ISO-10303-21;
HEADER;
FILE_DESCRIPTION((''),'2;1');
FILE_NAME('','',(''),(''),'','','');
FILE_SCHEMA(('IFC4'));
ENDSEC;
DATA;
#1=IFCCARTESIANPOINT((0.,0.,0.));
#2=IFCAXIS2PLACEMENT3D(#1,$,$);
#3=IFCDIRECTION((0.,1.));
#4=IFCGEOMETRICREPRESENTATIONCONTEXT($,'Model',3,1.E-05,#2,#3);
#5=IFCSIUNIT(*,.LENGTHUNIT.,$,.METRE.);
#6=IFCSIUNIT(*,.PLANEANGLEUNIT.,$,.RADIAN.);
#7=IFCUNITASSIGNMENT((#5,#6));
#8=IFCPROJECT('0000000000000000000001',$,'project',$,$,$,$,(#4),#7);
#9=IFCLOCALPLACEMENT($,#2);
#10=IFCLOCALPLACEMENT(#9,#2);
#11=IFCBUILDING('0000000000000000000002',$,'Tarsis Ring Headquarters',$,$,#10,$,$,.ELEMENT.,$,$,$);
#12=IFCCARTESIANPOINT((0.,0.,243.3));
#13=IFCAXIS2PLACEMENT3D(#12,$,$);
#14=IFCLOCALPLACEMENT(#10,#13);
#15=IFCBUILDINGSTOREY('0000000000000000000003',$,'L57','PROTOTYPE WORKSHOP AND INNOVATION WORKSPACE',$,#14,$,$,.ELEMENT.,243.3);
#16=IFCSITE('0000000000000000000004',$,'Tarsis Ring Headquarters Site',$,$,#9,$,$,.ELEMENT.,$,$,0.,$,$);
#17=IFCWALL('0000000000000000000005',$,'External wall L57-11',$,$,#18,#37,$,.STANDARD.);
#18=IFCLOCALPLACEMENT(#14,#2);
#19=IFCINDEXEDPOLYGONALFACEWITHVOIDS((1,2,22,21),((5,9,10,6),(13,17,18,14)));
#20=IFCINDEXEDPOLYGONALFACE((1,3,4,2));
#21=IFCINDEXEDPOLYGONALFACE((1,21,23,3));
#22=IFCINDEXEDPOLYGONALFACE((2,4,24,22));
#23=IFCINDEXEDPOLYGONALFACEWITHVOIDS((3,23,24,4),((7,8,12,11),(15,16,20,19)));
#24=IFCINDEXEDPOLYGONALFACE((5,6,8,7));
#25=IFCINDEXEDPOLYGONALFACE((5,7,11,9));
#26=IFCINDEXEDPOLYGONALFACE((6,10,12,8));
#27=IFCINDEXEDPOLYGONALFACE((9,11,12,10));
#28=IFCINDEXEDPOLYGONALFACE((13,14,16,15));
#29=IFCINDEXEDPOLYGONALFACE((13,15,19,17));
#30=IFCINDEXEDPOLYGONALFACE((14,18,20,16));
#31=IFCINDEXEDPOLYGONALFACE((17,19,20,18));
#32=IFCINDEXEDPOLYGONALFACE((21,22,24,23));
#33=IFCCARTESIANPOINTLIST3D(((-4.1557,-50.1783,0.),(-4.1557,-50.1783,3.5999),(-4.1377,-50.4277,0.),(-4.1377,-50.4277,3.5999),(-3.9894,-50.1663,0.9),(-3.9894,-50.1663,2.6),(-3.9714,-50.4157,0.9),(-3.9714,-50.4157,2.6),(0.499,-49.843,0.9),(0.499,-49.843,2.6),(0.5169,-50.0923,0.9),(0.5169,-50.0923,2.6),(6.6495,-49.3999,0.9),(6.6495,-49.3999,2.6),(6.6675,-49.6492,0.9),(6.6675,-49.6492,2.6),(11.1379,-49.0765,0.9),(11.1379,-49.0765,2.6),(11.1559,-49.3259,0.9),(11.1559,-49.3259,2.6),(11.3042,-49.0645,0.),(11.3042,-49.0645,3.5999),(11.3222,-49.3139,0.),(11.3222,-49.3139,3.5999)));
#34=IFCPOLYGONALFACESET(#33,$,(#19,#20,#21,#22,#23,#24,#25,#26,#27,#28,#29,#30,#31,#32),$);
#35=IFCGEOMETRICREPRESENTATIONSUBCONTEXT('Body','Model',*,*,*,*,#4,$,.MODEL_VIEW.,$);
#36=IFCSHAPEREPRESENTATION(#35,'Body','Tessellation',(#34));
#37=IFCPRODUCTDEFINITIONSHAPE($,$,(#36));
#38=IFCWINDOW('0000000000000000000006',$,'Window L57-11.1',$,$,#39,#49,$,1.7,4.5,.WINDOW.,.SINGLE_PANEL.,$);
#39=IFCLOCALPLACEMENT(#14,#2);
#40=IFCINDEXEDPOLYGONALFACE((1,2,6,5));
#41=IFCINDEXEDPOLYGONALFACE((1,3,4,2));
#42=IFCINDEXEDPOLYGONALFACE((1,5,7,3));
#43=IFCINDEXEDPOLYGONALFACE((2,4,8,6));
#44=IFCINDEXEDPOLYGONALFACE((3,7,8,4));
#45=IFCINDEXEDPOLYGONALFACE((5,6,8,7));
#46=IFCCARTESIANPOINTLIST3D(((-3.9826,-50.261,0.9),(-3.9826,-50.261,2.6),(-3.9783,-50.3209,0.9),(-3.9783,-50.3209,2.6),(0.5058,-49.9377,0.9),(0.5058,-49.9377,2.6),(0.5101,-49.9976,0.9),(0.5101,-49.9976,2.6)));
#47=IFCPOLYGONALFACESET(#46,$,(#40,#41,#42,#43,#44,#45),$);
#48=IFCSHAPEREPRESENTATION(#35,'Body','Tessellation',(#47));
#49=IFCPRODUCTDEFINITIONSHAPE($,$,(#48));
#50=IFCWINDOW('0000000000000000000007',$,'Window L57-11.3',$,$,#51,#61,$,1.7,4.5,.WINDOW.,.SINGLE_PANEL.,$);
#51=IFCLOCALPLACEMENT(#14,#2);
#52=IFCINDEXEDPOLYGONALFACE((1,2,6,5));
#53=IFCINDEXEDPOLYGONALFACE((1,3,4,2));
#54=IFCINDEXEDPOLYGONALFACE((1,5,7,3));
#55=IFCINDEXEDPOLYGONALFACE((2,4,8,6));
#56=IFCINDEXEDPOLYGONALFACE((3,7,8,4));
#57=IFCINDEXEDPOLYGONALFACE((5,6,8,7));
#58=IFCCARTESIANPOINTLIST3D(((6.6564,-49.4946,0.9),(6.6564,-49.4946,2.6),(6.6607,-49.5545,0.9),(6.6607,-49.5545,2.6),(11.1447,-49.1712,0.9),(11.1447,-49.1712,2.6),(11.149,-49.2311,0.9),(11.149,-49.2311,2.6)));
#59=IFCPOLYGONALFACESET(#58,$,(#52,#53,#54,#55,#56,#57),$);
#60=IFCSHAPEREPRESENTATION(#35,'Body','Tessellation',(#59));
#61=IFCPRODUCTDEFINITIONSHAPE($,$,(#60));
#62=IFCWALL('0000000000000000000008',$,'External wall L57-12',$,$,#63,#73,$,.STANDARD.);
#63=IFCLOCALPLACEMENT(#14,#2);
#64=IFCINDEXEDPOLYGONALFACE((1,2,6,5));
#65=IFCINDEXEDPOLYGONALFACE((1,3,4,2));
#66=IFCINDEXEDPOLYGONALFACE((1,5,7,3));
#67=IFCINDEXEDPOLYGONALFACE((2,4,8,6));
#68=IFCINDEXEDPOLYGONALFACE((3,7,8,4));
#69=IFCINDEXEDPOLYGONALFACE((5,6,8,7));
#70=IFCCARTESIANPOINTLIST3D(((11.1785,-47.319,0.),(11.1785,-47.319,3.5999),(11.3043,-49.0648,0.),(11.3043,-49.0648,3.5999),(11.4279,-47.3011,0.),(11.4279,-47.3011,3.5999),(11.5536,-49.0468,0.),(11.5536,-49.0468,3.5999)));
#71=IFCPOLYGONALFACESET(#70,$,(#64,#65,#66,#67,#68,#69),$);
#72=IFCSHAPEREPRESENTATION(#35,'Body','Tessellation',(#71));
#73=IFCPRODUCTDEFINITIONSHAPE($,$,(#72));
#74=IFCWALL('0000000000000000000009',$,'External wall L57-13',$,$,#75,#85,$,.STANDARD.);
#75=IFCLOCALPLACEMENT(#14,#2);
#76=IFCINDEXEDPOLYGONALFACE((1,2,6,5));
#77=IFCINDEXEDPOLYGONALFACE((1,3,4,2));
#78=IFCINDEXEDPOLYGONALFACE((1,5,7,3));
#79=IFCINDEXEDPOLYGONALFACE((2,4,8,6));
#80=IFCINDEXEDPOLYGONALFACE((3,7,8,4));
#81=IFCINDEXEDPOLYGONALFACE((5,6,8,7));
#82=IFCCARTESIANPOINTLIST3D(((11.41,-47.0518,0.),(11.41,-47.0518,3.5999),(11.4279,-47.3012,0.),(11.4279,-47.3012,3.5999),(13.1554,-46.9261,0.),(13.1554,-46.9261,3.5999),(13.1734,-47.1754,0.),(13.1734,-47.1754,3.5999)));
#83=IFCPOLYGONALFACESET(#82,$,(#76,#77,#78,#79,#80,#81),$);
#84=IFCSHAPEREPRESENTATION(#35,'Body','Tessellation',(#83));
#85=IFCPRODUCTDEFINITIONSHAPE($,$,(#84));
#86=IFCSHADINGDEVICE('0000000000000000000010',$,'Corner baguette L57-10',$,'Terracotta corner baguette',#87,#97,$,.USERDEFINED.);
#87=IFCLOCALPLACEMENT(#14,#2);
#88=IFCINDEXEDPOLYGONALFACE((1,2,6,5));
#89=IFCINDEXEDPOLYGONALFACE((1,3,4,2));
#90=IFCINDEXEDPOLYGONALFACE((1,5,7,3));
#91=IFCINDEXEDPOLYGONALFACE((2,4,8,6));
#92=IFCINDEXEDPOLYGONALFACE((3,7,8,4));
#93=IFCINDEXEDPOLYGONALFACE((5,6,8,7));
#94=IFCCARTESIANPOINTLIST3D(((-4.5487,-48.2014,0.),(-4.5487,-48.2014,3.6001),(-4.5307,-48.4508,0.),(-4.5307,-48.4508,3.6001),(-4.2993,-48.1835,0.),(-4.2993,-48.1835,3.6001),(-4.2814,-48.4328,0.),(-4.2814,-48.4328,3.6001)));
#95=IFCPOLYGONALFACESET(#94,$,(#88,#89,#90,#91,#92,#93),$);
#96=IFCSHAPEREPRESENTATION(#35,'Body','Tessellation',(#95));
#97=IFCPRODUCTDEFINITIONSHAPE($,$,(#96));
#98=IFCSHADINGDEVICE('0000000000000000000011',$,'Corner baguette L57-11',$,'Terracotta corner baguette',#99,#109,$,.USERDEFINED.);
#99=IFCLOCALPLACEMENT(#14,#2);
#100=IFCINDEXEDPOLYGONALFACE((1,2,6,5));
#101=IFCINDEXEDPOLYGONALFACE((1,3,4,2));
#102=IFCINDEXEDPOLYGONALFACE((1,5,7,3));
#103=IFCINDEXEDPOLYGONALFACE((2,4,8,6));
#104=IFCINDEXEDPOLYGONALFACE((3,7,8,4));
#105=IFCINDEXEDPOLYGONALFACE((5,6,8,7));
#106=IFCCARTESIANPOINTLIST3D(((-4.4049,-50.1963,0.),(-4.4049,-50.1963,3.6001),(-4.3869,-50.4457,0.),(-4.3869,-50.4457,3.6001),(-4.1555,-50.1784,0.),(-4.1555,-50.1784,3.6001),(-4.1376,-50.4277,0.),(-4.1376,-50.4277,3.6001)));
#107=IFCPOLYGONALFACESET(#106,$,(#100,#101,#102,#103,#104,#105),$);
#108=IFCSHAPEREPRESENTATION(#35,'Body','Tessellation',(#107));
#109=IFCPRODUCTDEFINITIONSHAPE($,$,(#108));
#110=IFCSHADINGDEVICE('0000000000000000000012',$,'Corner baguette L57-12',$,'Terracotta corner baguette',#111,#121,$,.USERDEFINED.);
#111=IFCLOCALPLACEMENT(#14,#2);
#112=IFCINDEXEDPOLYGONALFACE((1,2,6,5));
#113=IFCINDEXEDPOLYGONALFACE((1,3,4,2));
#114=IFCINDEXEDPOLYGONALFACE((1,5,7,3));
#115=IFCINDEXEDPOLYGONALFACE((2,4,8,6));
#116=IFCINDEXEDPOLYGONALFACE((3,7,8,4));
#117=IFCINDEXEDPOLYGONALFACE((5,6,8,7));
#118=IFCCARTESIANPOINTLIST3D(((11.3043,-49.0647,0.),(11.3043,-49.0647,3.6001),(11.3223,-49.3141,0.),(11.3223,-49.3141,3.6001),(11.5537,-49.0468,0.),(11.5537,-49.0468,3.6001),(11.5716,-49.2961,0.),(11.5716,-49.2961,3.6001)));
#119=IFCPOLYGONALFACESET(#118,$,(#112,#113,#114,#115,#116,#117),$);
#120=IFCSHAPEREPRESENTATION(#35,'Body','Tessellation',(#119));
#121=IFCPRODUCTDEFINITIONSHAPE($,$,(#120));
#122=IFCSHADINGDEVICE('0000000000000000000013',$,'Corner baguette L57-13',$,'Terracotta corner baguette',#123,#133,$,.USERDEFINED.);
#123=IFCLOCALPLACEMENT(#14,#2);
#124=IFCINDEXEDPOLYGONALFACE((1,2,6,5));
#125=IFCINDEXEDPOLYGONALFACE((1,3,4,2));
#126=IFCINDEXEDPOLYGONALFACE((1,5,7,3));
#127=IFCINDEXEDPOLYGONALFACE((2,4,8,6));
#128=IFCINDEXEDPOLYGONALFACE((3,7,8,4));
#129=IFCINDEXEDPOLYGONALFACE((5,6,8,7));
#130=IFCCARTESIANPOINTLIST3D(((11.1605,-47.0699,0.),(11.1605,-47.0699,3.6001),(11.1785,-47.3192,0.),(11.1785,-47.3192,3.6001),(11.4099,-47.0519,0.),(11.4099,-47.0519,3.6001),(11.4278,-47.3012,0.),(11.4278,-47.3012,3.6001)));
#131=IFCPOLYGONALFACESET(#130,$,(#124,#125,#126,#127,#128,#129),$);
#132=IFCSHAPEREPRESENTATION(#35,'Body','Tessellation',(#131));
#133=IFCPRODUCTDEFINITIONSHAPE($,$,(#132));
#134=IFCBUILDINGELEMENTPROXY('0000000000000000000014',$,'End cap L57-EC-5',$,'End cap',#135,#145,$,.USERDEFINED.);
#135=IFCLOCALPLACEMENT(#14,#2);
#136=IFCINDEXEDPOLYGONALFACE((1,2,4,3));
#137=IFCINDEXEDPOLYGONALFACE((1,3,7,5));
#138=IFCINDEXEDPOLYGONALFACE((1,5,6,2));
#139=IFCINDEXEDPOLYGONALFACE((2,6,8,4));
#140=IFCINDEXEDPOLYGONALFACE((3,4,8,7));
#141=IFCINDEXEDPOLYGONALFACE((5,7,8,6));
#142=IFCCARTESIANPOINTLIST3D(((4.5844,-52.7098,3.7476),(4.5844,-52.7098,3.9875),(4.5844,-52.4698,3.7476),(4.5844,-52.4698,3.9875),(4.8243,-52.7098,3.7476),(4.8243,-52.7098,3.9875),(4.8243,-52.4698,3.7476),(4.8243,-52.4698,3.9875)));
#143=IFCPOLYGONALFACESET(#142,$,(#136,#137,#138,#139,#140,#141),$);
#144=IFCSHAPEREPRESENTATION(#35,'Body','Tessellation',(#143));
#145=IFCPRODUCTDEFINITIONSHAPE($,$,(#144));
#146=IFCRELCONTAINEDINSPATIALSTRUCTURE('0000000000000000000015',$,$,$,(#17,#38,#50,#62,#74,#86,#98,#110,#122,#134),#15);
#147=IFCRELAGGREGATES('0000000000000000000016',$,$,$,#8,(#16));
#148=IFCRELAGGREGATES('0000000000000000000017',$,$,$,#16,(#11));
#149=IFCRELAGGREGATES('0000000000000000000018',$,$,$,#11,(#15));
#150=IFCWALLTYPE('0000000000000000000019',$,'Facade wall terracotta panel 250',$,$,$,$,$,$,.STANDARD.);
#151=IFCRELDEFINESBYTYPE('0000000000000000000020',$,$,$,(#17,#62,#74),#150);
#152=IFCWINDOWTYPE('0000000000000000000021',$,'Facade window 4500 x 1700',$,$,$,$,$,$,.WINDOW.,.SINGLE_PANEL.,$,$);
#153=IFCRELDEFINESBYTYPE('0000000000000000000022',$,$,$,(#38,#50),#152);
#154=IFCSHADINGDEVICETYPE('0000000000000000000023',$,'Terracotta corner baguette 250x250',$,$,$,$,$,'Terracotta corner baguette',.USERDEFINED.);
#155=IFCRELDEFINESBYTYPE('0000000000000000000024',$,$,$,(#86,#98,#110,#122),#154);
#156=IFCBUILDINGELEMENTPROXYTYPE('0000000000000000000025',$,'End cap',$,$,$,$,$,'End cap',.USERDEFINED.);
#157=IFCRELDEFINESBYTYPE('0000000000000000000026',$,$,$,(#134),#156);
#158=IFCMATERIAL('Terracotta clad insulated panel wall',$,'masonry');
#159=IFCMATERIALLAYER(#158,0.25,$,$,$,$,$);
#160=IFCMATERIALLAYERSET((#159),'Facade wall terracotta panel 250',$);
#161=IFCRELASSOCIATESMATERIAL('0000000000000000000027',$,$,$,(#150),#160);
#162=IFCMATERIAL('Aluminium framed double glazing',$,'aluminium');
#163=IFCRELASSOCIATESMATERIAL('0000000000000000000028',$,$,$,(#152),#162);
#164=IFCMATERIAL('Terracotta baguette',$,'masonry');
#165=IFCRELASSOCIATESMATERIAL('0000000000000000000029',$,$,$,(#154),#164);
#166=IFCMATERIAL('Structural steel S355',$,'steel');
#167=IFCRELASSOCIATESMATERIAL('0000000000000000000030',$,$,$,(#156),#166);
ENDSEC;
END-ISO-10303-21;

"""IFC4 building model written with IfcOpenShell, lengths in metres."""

from ifc_helpers import new_model, si_unit, direction, frame, frame_2d, origin, origin_2d, place, context, subcontext, project, spatial, rectangle, extrude, material, layer, layer_set, type_object, element, fill, save


model = new_model("IFC4")

# Units and contexts
model_context = context("Model", 3, precision=1e-05, world=origin(), true_north=direction((0.0, 1.0)))
body_context = subcontext(model_context, "Body", "Model", "MODEL_VIEW")
ifc_project = project(units=[si_unit("LENGTHUNIT", "METRE"), si_unit("PLANEANGLEUNIT", "RADIAN")], contexts=[model_context])

# Site, building, storey
site_placement = place(None, origin())
site = spatial("IfcSite", under=ifc_project, at=site_placement, Name="Tarsis Ring Headquarters Site", CompositionType="ELEMENT", RefElevation=0.0)
building_placement = place(site_placement, origin())
building = spatial("IfcBuilding", under=site, at=building_placement, Name="Tarsis Ring Headquarters", CompositionType="ELEMENT")
storey_placement = place(building_placement, frame((0.0, 0.0, 243.3)))
storey = spatial("IfcBuildingStorey", under=building, at=storey_placement, Name="L57", Description="PROTOTYPE WORKSHOP AND INNOVATION WORKSPACE", CompositionType="ELEMENT", Elevation=243.3)

# Shared definitions
ifc_material_1 = material(Name="Structural steel S355", Category="steel")

# Shared definitions
ifc_material_2 = material(Name="Terracotta clad insulated panel wall", Category="masonry")
ifc_layer_1 = layer(ifc_material_2, 0.25)
ifc_layer_set_1 = layer_set([ifc_layer_1], Name="Facade wall terracotta panel 250")
wall_type_1 = type_object("IfcWallType", Name="Facade wall terracotta panel 250", PredefinedType="STANDARD", material=ifc_layer_set_1)

# Wall, openings, windows
wall_1_placement = place(storey_placement, frame((-4.1467, -50.303, 0.0), z_axis=(0.0, 0.0, 1.0), x_axis=(0.997415, 0.071856, 0.0)))
wall_1 = element("IfcWall", 1, at=wall_1_placement, inside=storey, type_object=wall_type_1, Name="External wall L57-11", PredefinedType="STANDARD", context=body_context, shape_type="SweptSolid", body=[
    extrude(rectangle(XDim=15.5, YDim=0.25, at=frame_2d((7.75, 0.0))), origin(), (0.0, 0.0, 1.0), 3.5999),
])
opening_1_placement = place(wall_1_placement, frame((0.1667, 0.0, 0.8999)))
opening_1 = element("IfcOpeningElement", 2, at=opening_1_placement, cuts=wall_1, PredefinedType="OPENING", context=body_context, shape_type="SweptSolid", body=[
    extrude(rectangle(XDim=4.5, YDim=1.7, at=frame_2d((2.25, 0.8501))), frame((0.0, 0.135, 0.0), z_axis=(0.0, -1.0, 0.0), x_axis=(1.0, 0.0, 0.0)), (0.0, 0.0, 1.0), 0.27),
])
opening_2_placement = place(wall_1_placement, frame((10.8333, 0.0, 0.8999)))
opening_2 = element("IfcOpeningElement", 3, at=opening_2_placement, cuts=wall_1, PredefinedType="OPENING", context=body_context, shape_type="SweptSolid", body=[
    extrude(rectangle(XDim=4.5, YDim=1.7, at=frame_2d((2.25, 0.8501))), frame((0.0, 0.135, 0.0), z_axis=(0.0, -1.0, 0.0), x_axis=(1.0, 0.0, 0.0)), (0.0, 0.0, 1.0), 0.27),
])
ifc_material_3 = material(Name="Aluminium framed double glazing", Category="aluminium")
window_type = type_object("IfcWindowType", Name="Facade window 4500 x 1700", PartitioningType="SINGLE_PANEL", PredefinedType="WINDOW", material=ifc_material_3)
window_1_placement = place(opening_1_placement, origin())
window_1 = element("IfcWindow", 4, at=window_1_placement, inside=storey, type_object=window_type, Name="Window L57-11.1", OverallHeight=1.7, OverallWidth=4.5, PartitioningType="SINGLE_PANEL", PredefinedType="WINDOW", context=body_context, shape_type="SweptSolid", body=[
    extrude(rectangle(XDim=4.5, YDim=1.7, at=frame_2d((2.25, 0.8501))), frame((0.0, 0.03, 0.0), z_axis=(0.0, -1.0, 0.0), x_axis=(1.0, 0.0, 0.0)), (0.0, 0.0, 1.0), 0.0601),
])
fill(opening_1, window_1)
window_2_placement = place(opening_2_placement, origin())
window_2 = element("IfcWindow", 5, at=window_2_placement, inside=storey, type_object=window_type, Name="Window L57-11.3", OverallHeight=1.7, OverallWidth=4.5, PartitioningType="SINGLE_PANEL", PredefinedType="WINDOW", context=body_context, shape_type="SweptSolid", body=[
    extrude(rectangle(XDim=4.5, YDim=1.7, at=frame_2d((2.25, 0.8501))), frame((0.0, 0.03, 0.0), z_axis=(0.0, -1.0, 0.0), x_axis=(1.0, 0.0, 0.0)), (0.0, 0.0, 1.0), 0.0601),
])
fill(opening_2, window_2)

# Walls
wall_2_placement = place(storey_placement, frame((11.429, -49.0557, 0.0), z_axis=(0.0, 0.0, 1.0), x_axis=(-0.071842, 0.997416, 0.0)))
element("IfcWall", 6, at=wall_2_placement, inside=storey, type_object=wall_type_1, Name="External wall L57-12", PredefinedType="STANDARD", context=body_context, shape_type="SweptSolid", body=[
    extrude(rectangle(XDim=1.7502, YDim=0.25, at=frame_2d((0.875, 0.0))), origin(), (0.0, 0.0, 1.0), 3.5999),
])
wall_3_placement = place(storey_placement, frame((11.4189, -47.1765, 0.0), z_axis=(0.0, 0.0, 1.0), x_axis=(0.997415, 0.071852, 0.0)))
element("IfcWall", 7, at=wall_3_placement, inside=storey, type_object=wall_type_1, Name="External wall L57-13", PredefinedType="STANDARD", context=body_context, shape_type="SweptSolid", body=[
    extrude(rectangle(XDim=1.75, YDim=0.25, at=frame_2d((0.875, 0.0))), origin(), (0.0, 0.0, 1.0), 3.5999),
])

# Shading devices
ifc_material_4 = material(Name="Terracotta baguette", Category="masonry")
shading_device_type = type_object("IfcShadingDeviceType", Name="Terracotta corner baguette 250x250", ElementType="Terracotta corner baguette", PredefinedType="USERDEFINED", material=ifc_material_4)
for number, where, z_axis, x_axis, name in (
    (8, (-4.415, -48.3171, 0.0), (0.0, 0.0, 1.0), (0.997416, 0.071846, 0.0), "Corner baguette L57-10"),
    (9, (-4.2712, -50.312, 0.0), (0.0, 0.0, 1.0), (0.071845, -0.997416, 0.0), "Corner baguette L57-11"),
    (10, (11.438, -49.1804, 0.0), (0.0, 0.0, 1.0), (0.997416, 0.071846, 0.0), "Corner baguette L57-12"),
    (11, (11.2942, -47.1855, 0.0), (0.0, 0.0, 1.0), (-0.071846, 0.997416, 0.0), "Corner baguette L57-13"),
):
    element("IfcShadingDevice", number, at=place(storey_placement, frame(where, z_axis=z_axis, x_axis=x_axis)), inside=storey, type_object=shading_device_type, Name=name, ObjectType="Terracotta corner baguette", PredefinedType="USERDEFINED", context=body_context, shape_type="SweptSolid", body=[
        extrude(rectangle(XDim=0.25, YDim=0.25, at=origin_2d()), origin(), (0.0, 0.0, 1.0), 3.6001),
    ])

# Building element proxy
building_element_proxy_type = type_object("IfcBuildingElementProxyType", Name="End cap", ElementType="End cap", PredefinedType="USERDEFINED", material=ifc_material_1)
proxy_placement = place(storey_placement, frame((4.7043, -52.5898, 3.7476), z_axis=(0.0, 0.0, 1.0), x_axis=(1.0, 0.0, 0.0)))
element("IfcBuildingElementProxy", 12, at=proxy_placement, inside=storey, type_object=building_element_proxy_type, Name="End cap L57-EC-5", ObjectType="End cap", PredefinedType="USERDEFINED", context=body_context, shape_type="SweptSolid", body=[
    extrude(rectangle(XDim=0.24, YDim=0.24, at=origin_2d()), origin(), (0.0, 0.0, 1.0), 0.24),
])

save(model, "model.ifc")
